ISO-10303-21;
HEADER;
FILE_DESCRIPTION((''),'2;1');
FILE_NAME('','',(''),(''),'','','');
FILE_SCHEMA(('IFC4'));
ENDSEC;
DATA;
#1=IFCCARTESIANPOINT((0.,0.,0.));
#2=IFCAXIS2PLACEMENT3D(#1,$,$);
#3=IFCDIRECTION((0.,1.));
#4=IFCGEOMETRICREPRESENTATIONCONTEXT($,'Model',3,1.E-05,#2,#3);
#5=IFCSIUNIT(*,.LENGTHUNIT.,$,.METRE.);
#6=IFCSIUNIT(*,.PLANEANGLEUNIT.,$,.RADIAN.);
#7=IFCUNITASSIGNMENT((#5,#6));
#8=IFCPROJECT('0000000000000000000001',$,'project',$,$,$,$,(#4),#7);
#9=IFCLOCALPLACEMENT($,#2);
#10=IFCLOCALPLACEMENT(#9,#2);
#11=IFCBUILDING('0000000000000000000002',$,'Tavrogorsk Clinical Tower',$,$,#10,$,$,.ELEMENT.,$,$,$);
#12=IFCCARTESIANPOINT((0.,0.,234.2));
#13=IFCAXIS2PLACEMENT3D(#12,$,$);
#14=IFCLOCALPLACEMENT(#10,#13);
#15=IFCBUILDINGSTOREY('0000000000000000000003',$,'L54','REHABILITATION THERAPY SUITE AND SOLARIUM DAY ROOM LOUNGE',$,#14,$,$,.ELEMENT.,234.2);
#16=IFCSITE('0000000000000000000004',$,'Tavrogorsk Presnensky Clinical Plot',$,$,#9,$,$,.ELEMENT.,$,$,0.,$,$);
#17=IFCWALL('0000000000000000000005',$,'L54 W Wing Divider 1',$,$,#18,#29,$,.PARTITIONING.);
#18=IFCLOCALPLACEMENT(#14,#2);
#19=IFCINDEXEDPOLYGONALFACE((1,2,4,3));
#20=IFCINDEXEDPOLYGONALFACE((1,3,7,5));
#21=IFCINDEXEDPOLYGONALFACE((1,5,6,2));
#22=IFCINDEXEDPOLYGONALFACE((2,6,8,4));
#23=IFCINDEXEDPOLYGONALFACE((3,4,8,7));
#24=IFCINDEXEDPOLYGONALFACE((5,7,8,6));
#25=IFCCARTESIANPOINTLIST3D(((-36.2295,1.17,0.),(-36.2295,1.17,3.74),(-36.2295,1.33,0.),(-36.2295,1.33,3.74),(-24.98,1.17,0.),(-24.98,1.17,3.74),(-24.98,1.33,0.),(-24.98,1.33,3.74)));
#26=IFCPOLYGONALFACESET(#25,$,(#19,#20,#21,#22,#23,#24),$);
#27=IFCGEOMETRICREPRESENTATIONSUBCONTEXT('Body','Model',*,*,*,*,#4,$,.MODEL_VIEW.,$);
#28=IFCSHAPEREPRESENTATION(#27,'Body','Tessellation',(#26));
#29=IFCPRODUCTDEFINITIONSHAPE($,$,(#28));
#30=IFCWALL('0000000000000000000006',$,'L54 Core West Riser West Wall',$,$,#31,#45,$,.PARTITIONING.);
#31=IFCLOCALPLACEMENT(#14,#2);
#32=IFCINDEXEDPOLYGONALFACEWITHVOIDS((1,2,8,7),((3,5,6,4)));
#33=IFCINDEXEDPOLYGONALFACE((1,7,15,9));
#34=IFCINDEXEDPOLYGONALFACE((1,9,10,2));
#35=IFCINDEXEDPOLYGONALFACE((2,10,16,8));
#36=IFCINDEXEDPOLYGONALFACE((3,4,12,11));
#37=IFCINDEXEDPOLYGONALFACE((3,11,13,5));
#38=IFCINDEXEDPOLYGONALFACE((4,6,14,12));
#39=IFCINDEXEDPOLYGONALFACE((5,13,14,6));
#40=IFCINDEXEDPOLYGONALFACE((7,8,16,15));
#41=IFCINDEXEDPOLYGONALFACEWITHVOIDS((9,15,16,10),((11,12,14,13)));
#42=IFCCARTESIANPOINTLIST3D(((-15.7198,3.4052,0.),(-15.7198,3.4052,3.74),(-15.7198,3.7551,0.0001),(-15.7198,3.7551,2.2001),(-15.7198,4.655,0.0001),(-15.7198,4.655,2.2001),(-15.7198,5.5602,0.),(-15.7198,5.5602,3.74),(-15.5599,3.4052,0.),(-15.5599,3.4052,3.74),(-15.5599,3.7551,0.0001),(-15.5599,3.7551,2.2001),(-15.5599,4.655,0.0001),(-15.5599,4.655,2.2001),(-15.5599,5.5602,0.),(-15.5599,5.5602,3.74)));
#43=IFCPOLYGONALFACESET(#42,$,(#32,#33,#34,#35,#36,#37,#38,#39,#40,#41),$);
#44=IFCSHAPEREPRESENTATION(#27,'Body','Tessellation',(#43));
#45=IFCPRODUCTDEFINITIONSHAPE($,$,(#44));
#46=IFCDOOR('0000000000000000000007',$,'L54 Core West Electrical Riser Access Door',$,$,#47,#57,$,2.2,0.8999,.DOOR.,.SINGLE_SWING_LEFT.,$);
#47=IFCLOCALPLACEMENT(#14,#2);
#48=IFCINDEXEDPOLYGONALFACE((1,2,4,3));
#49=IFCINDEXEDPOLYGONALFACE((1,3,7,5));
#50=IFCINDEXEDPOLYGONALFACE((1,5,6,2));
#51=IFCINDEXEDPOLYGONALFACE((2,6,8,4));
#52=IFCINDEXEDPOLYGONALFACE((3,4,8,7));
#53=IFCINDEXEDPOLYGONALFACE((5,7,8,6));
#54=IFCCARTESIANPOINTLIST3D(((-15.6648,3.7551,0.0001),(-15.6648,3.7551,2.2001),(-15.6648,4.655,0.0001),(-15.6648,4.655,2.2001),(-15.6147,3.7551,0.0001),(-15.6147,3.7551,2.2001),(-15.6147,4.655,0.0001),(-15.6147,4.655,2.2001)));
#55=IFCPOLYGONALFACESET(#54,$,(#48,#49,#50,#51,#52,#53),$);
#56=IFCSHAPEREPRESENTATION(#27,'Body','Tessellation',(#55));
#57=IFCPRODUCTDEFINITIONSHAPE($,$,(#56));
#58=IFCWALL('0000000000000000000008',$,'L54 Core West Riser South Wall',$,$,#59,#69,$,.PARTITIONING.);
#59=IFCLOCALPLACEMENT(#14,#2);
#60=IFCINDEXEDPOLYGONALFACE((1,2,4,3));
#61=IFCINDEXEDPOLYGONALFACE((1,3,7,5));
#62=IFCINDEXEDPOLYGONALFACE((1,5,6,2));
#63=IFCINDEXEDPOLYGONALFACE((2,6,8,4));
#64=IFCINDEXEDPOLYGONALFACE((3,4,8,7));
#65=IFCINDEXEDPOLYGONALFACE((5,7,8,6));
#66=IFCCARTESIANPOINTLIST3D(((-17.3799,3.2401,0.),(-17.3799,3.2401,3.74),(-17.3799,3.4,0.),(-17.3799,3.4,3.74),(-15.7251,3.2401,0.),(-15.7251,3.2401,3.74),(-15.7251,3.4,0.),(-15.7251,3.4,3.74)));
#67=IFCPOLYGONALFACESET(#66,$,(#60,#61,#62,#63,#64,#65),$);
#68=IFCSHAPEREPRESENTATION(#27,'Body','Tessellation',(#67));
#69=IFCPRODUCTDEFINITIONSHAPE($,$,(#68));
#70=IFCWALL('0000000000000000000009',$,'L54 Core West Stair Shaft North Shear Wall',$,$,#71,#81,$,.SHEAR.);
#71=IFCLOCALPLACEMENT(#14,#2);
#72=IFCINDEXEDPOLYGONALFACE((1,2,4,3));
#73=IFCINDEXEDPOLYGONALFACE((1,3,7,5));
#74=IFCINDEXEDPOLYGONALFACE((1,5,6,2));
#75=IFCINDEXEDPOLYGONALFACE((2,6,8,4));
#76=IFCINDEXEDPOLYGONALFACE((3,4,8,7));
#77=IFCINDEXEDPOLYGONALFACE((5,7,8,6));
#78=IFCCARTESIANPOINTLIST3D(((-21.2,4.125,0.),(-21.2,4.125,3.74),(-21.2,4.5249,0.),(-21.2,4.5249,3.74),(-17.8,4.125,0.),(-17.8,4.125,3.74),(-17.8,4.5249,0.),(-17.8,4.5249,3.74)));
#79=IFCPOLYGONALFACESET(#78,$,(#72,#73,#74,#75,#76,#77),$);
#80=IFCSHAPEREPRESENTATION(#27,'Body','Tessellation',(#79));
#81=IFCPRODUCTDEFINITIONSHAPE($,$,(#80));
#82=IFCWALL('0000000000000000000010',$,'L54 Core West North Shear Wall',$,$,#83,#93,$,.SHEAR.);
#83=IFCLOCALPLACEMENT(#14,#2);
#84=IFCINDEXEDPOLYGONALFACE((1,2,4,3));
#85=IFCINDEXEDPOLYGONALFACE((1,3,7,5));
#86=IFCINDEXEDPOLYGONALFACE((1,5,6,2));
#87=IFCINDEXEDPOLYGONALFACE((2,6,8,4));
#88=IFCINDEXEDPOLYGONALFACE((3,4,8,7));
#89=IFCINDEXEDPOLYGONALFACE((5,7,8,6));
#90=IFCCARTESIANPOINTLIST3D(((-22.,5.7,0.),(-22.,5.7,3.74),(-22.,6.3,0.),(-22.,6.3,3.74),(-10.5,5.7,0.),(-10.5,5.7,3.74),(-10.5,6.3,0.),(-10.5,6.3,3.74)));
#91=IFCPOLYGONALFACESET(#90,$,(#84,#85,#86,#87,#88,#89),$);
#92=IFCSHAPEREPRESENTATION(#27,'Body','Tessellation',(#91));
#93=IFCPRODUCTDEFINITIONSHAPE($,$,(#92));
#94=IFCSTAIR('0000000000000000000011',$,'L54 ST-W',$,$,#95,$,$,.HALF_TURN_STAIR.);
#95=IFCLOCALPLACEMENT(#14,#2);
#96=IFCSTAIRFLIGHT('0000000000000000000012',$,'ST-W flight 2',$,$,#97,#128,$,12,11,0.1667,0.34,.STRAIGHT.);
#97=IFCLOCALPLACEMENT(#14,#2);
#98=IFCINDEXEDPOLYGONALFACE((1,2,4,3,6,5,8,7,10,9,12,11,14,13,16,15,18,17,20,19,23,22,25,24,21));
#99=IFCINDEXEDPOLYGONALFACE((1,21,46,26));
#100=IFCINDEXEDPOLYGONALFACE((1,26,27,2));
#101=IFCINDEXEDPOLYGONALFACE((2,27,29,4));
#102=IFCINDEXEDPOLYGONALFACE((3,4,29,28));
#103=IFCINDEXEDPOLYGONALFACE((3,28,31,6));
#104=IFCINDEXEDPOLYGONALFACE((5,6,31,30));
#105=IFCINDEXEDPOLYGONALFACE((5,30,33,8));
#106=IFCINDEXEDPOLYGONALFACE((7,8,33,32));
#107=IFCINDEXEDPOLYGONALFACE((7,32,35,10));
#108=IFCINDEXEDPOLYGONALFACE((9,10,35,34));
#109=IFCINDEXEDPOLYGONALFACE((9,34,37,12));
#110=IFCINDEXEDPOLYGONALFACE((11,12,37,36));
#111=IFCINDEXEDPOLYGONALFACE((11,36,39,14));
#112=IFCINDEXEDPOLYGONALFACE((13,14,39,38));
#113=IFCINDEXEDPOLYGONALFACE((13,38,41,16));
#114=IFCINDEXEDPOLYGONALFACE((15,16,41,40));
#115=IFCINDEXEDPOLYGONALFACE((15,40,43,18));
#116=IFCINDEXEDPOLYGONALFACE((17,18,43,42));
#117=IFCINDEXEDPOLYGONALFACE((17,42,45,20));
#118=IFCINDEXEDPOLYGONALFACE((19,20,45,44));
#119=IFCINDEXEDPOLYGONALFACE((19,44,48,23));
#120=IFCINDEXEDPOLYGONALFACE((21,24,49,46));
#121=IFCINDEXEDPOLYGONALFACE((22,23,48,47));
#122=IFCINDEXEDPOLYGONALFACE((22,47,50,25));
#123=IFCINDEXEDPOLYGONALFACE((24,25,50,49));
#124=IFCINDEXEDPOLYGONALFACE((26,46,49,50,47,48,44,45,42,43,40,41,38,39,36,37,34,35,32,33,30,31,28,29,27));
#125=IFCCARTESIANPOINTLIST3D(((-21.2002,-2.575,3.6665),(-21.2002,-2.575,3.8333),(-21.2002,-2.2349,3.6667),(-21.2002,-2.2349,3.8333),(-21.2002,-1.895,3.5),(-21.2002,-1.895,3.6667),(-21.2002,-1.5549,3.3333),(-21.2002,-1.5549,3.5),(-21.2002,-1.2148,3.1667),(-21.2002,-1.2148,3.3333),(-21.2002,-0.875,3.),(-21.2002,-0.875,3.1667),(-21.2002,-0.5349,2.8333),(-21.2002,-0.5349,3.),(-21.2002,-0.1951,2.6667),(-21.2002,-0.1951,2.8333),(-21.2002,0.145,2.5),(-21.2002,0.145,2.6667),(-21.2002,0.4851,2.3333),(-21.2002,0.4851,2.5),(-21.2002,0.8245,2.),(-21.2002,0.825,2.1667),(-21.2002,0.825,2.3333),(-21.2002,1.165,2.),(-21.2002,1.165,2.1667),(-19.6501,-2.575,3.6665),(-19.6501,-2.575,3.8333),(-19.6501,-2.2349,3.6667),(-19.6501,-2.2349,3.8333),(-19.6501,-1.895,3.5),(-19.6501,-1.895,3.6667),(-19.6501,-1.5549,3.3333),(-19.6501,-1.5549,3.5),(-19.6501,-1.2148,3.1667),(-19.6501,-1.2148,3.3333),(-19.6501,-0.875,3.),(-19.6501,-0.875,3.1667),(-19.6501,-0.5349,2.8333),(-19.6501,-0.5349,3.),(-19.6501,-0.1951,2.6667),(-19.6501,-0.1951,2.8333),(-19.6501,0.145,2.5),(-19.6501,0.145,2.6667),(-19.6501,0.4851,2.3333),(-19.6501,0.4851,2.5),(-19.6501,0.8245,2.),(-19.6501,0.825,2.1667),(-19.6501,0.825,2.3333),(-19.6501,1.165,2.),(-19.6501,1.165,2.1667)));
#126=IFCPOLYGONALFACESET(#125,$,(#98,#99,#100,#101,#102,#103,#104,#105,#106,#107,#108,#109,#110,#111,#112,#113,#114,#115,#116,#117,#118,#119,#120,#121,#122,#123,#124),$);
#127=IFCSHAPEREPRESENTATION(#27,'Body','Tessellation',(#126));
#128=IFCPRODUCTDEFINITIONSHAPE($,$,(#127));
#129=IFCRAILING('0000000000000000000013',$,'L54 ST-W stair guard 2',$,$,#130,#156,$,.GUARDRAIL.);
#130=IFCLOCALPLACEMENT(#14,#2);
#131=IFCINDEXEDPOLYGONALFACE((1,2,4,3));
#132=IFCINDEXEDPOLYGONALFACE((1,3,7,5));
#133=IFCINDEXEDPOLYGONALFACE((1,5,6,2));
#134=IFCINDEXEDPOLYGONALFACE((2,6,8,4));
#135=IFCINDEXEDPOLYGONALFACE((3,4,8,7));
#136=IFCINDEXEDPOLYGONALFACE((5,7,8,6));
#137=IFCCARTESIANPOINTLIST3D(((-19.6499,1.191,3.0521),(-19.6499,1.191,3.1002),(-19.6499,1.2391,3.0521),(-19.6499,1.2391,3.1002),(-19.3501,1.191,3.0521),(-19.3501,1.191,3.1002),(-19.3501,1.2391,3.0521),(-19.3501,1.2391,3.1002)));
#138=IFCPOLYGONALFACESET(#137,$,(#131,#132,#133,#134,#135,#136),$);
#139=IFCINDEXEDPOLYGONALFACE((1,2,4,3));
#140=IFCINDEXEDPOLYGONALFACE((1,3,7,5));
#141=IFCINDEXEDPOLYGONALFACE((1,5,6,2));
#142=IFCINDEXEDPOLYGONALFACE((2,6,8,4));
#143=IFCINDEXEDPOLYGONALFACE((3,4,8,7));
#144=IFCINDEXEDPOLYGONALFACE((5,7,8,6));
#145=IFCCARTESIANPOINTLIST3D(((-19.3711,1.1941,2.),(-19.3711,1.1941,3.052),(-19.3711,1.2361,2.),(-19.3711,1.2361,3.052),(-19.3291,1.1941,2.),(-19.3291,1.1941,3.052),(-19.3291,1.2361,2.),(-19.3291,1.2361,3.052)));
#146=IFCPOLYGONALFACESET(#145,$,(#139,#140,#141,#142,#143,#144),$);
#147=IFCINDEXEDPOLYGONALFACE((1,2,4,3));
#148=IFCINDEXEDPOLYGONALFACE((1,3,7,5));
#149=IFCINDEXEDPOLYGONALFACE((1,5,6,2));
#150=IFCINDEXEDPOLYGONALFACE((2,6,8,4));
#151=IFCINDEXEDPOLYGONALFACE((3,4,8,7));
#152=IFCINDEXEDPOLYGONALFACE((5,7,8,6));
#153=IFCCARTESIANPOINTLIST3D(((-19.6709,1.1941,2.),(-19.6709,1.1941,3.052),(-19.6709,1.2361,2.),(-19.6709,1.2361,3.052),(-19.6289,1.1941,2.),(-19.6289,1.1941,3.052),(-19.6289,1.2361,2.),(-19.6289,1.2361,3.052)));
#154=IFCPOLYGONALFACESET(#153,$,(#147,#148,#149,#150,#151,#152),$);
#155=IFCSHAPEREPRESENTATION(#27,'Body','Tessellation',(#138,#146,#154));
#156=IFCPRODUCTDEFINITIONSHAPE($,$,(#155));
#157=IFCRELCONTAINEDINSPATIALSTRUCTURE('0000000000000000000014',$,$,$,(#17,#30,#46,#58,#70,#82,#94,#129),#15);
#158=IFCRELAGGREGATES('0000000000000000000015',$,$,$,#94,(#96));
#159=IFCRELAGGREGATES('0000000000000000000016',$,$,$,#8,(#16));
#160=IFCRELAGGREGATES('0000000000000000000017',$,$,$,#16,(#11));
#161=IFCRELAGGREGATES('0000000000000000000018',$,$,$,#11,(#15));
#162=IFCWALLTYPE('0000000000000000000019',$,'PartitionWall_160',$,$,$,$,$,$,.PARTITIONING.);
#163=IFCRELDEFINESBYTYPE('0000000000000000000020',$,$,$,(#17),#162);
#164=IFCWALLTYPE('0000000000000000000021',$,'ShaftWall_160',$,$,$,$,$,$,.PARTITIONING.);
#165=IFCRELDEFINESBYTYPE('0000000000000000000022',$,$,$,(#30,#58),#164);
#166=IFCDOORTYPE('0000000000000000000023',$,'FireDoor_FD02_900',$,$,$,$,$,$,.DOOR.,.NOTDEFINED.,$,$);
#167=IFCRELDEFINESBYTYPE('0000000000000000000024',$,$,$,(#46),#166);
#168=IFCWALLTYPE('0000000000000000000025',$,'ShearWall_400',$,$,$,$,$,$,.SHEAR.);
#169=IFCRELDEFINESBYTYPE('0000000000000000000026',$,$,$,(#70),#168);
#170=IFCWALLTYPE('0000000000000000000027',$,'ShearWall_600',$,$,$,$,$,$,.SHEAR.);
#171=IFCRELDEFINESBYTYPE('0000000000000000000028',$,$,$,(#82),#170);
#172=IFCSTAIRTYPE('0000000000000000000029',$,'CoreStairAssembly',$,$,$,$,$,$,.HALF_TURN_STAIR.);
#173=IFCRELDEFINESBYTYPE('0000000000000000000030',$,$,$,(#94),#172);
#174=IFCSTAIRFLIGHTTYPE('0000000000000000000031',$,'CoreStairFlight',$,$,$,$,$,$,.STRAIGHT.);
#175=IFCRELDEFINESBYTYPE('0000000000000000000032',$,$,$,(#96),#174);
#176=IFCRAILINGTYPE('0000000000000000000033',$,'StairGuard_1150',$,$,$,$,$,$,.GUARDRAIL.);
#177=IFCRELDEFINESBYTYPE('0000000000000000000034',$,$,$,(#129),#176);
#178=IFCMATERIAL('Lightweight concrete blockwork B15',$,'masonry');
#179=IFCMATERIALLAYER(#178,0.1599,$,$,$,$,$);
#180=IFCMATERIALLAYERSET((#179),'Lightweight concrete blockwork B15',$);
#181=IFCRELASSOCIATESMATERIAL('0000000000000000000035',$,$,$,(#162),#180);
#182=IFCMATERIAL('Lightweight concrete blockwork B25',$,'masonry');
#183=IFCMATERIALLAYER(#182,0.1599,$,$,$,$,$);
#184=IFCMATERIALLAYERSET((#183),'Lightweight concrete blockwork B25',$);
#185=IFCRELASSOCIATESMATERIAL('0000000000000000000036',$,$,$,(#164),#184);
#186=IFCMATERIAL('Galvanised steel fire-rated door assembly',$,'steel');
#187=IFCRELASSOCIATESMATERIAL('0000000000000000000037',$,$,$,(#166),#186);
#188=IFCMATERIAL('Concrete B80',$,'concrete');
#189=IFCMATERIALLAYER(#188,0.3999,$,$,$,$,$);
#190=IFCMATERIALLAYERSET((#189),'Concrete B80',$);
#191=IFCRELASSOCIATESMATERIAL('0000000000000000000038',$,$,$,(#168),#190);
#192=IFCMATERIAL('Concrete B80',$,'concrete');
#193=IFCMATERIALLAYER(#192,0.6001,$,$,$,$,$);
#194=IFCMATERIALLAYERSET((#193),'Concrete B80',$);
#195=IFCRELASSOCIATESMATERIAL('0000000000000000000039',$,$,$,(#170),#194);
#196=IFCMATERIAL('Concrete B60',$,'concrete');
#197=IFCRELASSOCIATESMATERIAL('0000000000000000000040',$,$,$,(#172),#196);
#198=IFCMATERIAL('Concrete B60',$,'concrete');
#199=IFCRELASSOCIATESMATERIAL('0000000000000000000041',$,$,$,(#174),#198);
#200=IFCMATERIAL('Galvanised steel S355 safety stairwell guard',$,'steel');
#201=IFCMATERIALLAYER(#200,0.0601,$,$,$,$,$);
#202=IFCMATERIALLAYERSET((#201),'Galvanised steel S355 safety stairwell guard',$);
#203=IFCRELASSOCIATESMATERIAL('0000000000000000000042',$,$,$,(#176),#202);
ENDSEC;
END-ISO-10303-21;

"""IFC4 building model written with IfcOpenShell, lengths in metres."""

from ifc_helpers import new_model, si_unit, direction, frame, frame_2d, origin, origin_2d, place, context, subcontext, project, spatial, polyline, rectangle, outline, extrude, material, layer, layer_set, type_object, element, fill, aggregate, save


model = new_model("IFC4")

# Units and contexts
model_context = context("Model", 3, precision=1e-05, world=origin(), true_north=direction((0.0, 1.0)))
body_context = subcontext(model_context, "Body", "Model", "MODEL_VIEW")
ifc_project = project(units=[si_unit("LENGTHUNIT", "METRE"), si_unit("PLANEANGLEUNIT", "RADIAN")], contexts=[model_context])

# Site, building, storey
site_placement = place(None, origin())
site = spatial("IfcSite", under=ifc_project, at=site_placement, Name="Tavrogorsk Presnensky Clinical Plot", CompositionType="ELEMENT", RefElevation=0.0)
building_placement = place(site_placement, origin())
building = spatial("IfcBuilding", under=site, at=building_placement, Name="Tavrogorsk Clinical Tower", CompositionType="ELEMENT")
storey_placement = place(building_placement, frame((0.0, 0.0, 234.2)))
storey = spatial("IfcBuildingStorey", under=building, at=storey_placement, Name="L54", Description="REHABILITATION THERAPY SUITE AND SOLARIUM DAY ROOM LOUNGE", CompositionType="ELEMENT", Elevation=234.2)

# Shared definitions
ifc_material_1 = material(Name="Lightweight concrete blockwork B15", Category="masonry")
ifc_layer_1 = layer(ifc_material_1, 0.1599)
ifc_layer_set_1 = layer_set([ifc_layer_1], Name="Lightweight concrete blockwork B15")
wall_type_1 = type_object("IfcWallType", Name="PartitionWall_160", PredefinedType="PARTITIONING", material=ifc_layer_set_1)

# Wall
wall_1_placement = place(storey_placement, frame((-36.2295, 1.25, 0.0), z_axis=(0.0, 0.0, 1.0), x_axis=(1.0, 0.0, 0.0)))
element("IfcWall", 1, at=wall_1_placement, inside=storey, type_object=wall_type_1, Name="L54 W Wing Divider 1", PredefinedType="PARTITIONING", context=body_context, shape_type="SweptSolid", body=[
    extrude(rectangle(XDim=11.2495, YDim=0.1599, at=frame_2d((5.6248, 0.0))), origin(), (0.0, 0.0, 1.0), 3.74),
])

# Wall, opening, door
ifc_material_2 = material(Name="Lightweight concrete blockwork B25", Category="masonry")
ifc_layer_2 = layer(ifc_material_2, 0.1599)
ifc_layer_set_2 = layer_set([ifc_layer_2], Name="Lightweight concrete blockwork B25")
wall_type_2 = type_object("IfcWallType", Name="ShaftWall_160", PredefinedType="PARTITIONING", material=ifc_layer_set_2)
wall_2_placement = place(storey_placement, frame((-15.6399, 3.405, 0.0), z_axis=(0.0, 0.0, 1.0), x_axis=(0.0, 1.0, 0.0)))
wall_2 = element("IfcWall", 2, at=wall_2_placement, inside=storey, type_object=wall_type_2, Name="L54 Core West Riser West Wall", PredefinedType="PARTITIONING", context=body_context, shape_type="SweptSolid", body=[
    extrude(rectangle(XDim=2.155, YDim=0.1599, at=frame_2d((1.0776, 0.0))), origin(), (0.0, 0.0, 1.0), 3.74),
])
opening_1_placement = place(wall_2_placement, frame((0.3501, 0.0, 0.0)))
opening_1 = element("IfcOpeningElement", 3, at=opening_1_placement, cuts=wall_2, PredefinedType="OPENING", context=body_context, shape_type="SweptSolid", body=[
    extrude(rectangle(XDim=0.8999, YDim=2.2, at=frame_2d((0.45, 1.1001))), frame((0.0, 0.0898, 0.0), z_axis=(0.0, -1.0, 0.0), x_axis=(1.0, 0.0, 0.0)), (0.0, 0.0, 1.0), 0.1799),
])
ifc_material_3 = material(Name="Galvanised steel fire-rated door assembly", Category="steel")
door_type_1 = type_object("IfcDoorType", Name="FireDoor_FD02_900", OperationType="NOTDEFINED", PredefinedType="DOOR", material=ifc_material_3)
door_1_placement = place(opening_1_placement, origin())
door_1 = element("IfcDoor", 4, at=door_1_placement, inside=storey, type_object=door_type_1, Name="L54 Core West Electrical Riser Access Door", OperationType="SINGLE_SWING_LEFT", OverallHeight=2.2, OverallWidth=0.8999, PredefinedType="DOOR", context=body_context, shape_type="SweptSolid", body=[
    extrude(rectangle(XDim=0.8999, YDim=2.2, at=frame_2d((0.45, 1.1001))), frame((0.0, 0.0249, 0.0), z_axis=(0.0, -1.0, 0.0), x_axis=(1.0, 0.0, 0.0)), (0.0, 0.0, 1.0), 0.05),
])
fill(opening_1, door_1)

# Walls
wall_3_placement = place(storey_placement, frame((-17.3799, 3.3201, 0.0), z_axis=(0.0, 0.0, 1.0), x_axis=(1.0, 0.0, 0.0)))
element("IfcWall", 5, at=wall_3_placement, inside=storey, type_object=wall_type_2, Name="L54 Core West Riser South Wall", PredefinedType="PARTITIONING", context=body_context, shape_type="SweptSolid", body=[
    extrude(rectangle(XDim=1.6548, YDim=0.1599, at=frame_2d((0.8274, 0.0))), origin(), (0.0, 0.0, 1.0), 3.74),
])
ifc_material_4 = material(Name="Concrete B80", Category="concrete")
ifc_layer_3 = layer(ifc_material_4, 0.3999)
ifc_layer_set_3 = layer_set([ifc_layer_3], Name="Concrete B80")
wall_type_3 = type_object("IfcWallType", Name="ShearWall_400", PredefinedType="SHEAR", material=ifc_layer_set_3)
wall_4_placement = place(storey_placement, frame((-21.2, 4.325, 0.0), z_axis=(0.0, 0.0, 1.0), x_axis=(1.0, 0.0, 0.0)))
element("IfcWall", 6, at=wall_4_placement, inside=storey, type_object=wall_type_3, Name="L54 Core West Stair Shaft North Shear Wall", PredefinedType="SHEAR", context=body_context, shape_type="SweptSolid", body=[
    extrude(rectangle(XDim=3.3999, YDim=0.3999, at=frame_2d((1.7, 0.0))), origin(), (0.0, 0.0, 1.0), 3.74),
])
ifc_material_5 = material(Name="Concrete B80", Category="concrete")
ifc_layer_4 = layer(ifc_material_5, 0.6001)
ifc_layer_set_4 = layer_set([ifc_layer_4], Name="Concrete B80")
wall_type_4 = type_object("IfcWallType", Name="ShearWall_600", PredefinedType="SHEAR", material=ifc_layer_set_4)
wall_5_placement = place(storey_placement, frame((-22.0, 6.0, 0.0), z_axis=(0.0, 0.0, 1.0), x_axis=(1.0, 0.0, 0.0)))
element("IfcWall", 7, at=wall_5_placement, inside=storey, type_object=wall_type_4, Name="L54 Core West North Shear Wall", PredefinedType="SHEAR", context=body_context, shape_type="SweptSolid", body=[
    extrude(rectangle(XDim=11.5, YDim=0.6001, at=frame_2d((5.75, 0.0))), origin(), (0.0, 0.0, 1.0), 3.74),
])

# Stair, stair flight
ifc_material_6 = material(Name="Concrete B60", Category="concrete")
stair_type = type_object("IfcStairType", Name="CoreStairAssembly", PredefinedType="HALF_TURN_STAIR", material=ifc_material_6)
stair_placement = place(storey_placement, origin())
stair = element("IfcStair", 8, at=stair_placement, inside=storey, type_object=stair_type, Name="L54 ST-W", PredefinedType="HALF_TURN_STAIR")
ifc_material_7 = material(Name="Concrete B60", Category="concrete")
stair_flight_type = type_object("IfcStairFlightType", Name="CoreStairFlight", PredefinedType="STRAIGHT", material=ifc_material_7)
stair_flight_placement = place(storey_placement, frame((-20.425, 1.165, 2.0), z_axis=(0.0, 0.0, 1.0), x_axis=(0.0, -1.0, 0.0)))
stair_flight = element("IfcStairFlight", 9, at=stair_flight_placement, type_object=stair_flight_type, Name="ST-W flight 2", NumberOfRisers=12, NumberOfTreads=11, PredefinedType="STRAIGHT", RiserHeight=0.1667, TreadLength=0.34, context=body_context, shape_type="SweptSolid", body=[
    extrude(outline(polyline([(0.0, 0.0), (0.0, 0.1667), (0.3401, 0.1667), (0.3401, 0.3333), (0.6799, 0.3333), (0.6799, 0.5), (1.02, 0.5), (1.02, 0.6667), (1.3601, 0.6667), (1.3601, 0.8333), (1.7, 0.8333), (1.7, 1.0), (2.04, 1.0), (2.04, 1.1667), (2.3799, 1.1667), (2.3799, 1.3333), (2.72, 1.3333), (2.72, 1.5), (3.0601, 1.5), (3.0601, 1.6667), (3.3999, 1.6667), (3.3999, 1.8333), (3.74, 1.8333), (3.74, 2.0), (3.74, 1.6665), (0.3406, 0.0), (0.0, 0.0)])), frame((0.0, 0.7749, 0.0), z_axis=(0.0, -1.0, 0.0), x_axis=(1.0, 0.0, 0.0)), (0.0, 0.0, 1.0), 1.55),
])
aggregate(stair, [stair_flight])

# Railing
ifc_material_8 = material(Name="Galvanised steel S355 safety stairwell guard", Category="steel")
ifc_layer_5 = layer(ifc_material_8, 0.0601)
ifc_layer_set_5 = layer_set([ifc_layer_5], Name="Galvanised steel S355 safety stairwell guard")
railing_type_1 = type_object("IfcRailingType", Name="StairGuard_1150", PredefinedType="GUARDRAIL", material=ifc_layer_set_5)
railing_1_placement = place(storey_placement, frame((-19.3501, 1.2151, 2.0)))
element("IfcRailing", 10, at=railing_1_placement, inside=storey, type_object=railing_type_1, Name="L54 ST-W stair guard 2", PredefinedType="GUARDRAIL", context=body_context, shape_type="SweptSolid", body=[
    extrude(rectangle(XDim=0.0481, YDim=0.0481, at=origin_2d()), frame((0.0, 0.0, 1.0762), z_axis=(-1.0, 0.0, 0.0), x_axis=(0.0, -1.0, 0.0)), (0.0, 0.0, 1.0), 0.2998),
    extrude(rectangle(XDim=0.042, YDim=0.042, at=origin_2d()), origin(), (0.0, 0.0, 1.0), 1.052),
    extrude(rectangle(XDim=0.042, YDim=0.042, at=origin_2d()), frame((-0.2998, 0.0, 0.0)), (0.0, 0.0, 1.0), 1.052),
])

save(model, "model.ifc")
